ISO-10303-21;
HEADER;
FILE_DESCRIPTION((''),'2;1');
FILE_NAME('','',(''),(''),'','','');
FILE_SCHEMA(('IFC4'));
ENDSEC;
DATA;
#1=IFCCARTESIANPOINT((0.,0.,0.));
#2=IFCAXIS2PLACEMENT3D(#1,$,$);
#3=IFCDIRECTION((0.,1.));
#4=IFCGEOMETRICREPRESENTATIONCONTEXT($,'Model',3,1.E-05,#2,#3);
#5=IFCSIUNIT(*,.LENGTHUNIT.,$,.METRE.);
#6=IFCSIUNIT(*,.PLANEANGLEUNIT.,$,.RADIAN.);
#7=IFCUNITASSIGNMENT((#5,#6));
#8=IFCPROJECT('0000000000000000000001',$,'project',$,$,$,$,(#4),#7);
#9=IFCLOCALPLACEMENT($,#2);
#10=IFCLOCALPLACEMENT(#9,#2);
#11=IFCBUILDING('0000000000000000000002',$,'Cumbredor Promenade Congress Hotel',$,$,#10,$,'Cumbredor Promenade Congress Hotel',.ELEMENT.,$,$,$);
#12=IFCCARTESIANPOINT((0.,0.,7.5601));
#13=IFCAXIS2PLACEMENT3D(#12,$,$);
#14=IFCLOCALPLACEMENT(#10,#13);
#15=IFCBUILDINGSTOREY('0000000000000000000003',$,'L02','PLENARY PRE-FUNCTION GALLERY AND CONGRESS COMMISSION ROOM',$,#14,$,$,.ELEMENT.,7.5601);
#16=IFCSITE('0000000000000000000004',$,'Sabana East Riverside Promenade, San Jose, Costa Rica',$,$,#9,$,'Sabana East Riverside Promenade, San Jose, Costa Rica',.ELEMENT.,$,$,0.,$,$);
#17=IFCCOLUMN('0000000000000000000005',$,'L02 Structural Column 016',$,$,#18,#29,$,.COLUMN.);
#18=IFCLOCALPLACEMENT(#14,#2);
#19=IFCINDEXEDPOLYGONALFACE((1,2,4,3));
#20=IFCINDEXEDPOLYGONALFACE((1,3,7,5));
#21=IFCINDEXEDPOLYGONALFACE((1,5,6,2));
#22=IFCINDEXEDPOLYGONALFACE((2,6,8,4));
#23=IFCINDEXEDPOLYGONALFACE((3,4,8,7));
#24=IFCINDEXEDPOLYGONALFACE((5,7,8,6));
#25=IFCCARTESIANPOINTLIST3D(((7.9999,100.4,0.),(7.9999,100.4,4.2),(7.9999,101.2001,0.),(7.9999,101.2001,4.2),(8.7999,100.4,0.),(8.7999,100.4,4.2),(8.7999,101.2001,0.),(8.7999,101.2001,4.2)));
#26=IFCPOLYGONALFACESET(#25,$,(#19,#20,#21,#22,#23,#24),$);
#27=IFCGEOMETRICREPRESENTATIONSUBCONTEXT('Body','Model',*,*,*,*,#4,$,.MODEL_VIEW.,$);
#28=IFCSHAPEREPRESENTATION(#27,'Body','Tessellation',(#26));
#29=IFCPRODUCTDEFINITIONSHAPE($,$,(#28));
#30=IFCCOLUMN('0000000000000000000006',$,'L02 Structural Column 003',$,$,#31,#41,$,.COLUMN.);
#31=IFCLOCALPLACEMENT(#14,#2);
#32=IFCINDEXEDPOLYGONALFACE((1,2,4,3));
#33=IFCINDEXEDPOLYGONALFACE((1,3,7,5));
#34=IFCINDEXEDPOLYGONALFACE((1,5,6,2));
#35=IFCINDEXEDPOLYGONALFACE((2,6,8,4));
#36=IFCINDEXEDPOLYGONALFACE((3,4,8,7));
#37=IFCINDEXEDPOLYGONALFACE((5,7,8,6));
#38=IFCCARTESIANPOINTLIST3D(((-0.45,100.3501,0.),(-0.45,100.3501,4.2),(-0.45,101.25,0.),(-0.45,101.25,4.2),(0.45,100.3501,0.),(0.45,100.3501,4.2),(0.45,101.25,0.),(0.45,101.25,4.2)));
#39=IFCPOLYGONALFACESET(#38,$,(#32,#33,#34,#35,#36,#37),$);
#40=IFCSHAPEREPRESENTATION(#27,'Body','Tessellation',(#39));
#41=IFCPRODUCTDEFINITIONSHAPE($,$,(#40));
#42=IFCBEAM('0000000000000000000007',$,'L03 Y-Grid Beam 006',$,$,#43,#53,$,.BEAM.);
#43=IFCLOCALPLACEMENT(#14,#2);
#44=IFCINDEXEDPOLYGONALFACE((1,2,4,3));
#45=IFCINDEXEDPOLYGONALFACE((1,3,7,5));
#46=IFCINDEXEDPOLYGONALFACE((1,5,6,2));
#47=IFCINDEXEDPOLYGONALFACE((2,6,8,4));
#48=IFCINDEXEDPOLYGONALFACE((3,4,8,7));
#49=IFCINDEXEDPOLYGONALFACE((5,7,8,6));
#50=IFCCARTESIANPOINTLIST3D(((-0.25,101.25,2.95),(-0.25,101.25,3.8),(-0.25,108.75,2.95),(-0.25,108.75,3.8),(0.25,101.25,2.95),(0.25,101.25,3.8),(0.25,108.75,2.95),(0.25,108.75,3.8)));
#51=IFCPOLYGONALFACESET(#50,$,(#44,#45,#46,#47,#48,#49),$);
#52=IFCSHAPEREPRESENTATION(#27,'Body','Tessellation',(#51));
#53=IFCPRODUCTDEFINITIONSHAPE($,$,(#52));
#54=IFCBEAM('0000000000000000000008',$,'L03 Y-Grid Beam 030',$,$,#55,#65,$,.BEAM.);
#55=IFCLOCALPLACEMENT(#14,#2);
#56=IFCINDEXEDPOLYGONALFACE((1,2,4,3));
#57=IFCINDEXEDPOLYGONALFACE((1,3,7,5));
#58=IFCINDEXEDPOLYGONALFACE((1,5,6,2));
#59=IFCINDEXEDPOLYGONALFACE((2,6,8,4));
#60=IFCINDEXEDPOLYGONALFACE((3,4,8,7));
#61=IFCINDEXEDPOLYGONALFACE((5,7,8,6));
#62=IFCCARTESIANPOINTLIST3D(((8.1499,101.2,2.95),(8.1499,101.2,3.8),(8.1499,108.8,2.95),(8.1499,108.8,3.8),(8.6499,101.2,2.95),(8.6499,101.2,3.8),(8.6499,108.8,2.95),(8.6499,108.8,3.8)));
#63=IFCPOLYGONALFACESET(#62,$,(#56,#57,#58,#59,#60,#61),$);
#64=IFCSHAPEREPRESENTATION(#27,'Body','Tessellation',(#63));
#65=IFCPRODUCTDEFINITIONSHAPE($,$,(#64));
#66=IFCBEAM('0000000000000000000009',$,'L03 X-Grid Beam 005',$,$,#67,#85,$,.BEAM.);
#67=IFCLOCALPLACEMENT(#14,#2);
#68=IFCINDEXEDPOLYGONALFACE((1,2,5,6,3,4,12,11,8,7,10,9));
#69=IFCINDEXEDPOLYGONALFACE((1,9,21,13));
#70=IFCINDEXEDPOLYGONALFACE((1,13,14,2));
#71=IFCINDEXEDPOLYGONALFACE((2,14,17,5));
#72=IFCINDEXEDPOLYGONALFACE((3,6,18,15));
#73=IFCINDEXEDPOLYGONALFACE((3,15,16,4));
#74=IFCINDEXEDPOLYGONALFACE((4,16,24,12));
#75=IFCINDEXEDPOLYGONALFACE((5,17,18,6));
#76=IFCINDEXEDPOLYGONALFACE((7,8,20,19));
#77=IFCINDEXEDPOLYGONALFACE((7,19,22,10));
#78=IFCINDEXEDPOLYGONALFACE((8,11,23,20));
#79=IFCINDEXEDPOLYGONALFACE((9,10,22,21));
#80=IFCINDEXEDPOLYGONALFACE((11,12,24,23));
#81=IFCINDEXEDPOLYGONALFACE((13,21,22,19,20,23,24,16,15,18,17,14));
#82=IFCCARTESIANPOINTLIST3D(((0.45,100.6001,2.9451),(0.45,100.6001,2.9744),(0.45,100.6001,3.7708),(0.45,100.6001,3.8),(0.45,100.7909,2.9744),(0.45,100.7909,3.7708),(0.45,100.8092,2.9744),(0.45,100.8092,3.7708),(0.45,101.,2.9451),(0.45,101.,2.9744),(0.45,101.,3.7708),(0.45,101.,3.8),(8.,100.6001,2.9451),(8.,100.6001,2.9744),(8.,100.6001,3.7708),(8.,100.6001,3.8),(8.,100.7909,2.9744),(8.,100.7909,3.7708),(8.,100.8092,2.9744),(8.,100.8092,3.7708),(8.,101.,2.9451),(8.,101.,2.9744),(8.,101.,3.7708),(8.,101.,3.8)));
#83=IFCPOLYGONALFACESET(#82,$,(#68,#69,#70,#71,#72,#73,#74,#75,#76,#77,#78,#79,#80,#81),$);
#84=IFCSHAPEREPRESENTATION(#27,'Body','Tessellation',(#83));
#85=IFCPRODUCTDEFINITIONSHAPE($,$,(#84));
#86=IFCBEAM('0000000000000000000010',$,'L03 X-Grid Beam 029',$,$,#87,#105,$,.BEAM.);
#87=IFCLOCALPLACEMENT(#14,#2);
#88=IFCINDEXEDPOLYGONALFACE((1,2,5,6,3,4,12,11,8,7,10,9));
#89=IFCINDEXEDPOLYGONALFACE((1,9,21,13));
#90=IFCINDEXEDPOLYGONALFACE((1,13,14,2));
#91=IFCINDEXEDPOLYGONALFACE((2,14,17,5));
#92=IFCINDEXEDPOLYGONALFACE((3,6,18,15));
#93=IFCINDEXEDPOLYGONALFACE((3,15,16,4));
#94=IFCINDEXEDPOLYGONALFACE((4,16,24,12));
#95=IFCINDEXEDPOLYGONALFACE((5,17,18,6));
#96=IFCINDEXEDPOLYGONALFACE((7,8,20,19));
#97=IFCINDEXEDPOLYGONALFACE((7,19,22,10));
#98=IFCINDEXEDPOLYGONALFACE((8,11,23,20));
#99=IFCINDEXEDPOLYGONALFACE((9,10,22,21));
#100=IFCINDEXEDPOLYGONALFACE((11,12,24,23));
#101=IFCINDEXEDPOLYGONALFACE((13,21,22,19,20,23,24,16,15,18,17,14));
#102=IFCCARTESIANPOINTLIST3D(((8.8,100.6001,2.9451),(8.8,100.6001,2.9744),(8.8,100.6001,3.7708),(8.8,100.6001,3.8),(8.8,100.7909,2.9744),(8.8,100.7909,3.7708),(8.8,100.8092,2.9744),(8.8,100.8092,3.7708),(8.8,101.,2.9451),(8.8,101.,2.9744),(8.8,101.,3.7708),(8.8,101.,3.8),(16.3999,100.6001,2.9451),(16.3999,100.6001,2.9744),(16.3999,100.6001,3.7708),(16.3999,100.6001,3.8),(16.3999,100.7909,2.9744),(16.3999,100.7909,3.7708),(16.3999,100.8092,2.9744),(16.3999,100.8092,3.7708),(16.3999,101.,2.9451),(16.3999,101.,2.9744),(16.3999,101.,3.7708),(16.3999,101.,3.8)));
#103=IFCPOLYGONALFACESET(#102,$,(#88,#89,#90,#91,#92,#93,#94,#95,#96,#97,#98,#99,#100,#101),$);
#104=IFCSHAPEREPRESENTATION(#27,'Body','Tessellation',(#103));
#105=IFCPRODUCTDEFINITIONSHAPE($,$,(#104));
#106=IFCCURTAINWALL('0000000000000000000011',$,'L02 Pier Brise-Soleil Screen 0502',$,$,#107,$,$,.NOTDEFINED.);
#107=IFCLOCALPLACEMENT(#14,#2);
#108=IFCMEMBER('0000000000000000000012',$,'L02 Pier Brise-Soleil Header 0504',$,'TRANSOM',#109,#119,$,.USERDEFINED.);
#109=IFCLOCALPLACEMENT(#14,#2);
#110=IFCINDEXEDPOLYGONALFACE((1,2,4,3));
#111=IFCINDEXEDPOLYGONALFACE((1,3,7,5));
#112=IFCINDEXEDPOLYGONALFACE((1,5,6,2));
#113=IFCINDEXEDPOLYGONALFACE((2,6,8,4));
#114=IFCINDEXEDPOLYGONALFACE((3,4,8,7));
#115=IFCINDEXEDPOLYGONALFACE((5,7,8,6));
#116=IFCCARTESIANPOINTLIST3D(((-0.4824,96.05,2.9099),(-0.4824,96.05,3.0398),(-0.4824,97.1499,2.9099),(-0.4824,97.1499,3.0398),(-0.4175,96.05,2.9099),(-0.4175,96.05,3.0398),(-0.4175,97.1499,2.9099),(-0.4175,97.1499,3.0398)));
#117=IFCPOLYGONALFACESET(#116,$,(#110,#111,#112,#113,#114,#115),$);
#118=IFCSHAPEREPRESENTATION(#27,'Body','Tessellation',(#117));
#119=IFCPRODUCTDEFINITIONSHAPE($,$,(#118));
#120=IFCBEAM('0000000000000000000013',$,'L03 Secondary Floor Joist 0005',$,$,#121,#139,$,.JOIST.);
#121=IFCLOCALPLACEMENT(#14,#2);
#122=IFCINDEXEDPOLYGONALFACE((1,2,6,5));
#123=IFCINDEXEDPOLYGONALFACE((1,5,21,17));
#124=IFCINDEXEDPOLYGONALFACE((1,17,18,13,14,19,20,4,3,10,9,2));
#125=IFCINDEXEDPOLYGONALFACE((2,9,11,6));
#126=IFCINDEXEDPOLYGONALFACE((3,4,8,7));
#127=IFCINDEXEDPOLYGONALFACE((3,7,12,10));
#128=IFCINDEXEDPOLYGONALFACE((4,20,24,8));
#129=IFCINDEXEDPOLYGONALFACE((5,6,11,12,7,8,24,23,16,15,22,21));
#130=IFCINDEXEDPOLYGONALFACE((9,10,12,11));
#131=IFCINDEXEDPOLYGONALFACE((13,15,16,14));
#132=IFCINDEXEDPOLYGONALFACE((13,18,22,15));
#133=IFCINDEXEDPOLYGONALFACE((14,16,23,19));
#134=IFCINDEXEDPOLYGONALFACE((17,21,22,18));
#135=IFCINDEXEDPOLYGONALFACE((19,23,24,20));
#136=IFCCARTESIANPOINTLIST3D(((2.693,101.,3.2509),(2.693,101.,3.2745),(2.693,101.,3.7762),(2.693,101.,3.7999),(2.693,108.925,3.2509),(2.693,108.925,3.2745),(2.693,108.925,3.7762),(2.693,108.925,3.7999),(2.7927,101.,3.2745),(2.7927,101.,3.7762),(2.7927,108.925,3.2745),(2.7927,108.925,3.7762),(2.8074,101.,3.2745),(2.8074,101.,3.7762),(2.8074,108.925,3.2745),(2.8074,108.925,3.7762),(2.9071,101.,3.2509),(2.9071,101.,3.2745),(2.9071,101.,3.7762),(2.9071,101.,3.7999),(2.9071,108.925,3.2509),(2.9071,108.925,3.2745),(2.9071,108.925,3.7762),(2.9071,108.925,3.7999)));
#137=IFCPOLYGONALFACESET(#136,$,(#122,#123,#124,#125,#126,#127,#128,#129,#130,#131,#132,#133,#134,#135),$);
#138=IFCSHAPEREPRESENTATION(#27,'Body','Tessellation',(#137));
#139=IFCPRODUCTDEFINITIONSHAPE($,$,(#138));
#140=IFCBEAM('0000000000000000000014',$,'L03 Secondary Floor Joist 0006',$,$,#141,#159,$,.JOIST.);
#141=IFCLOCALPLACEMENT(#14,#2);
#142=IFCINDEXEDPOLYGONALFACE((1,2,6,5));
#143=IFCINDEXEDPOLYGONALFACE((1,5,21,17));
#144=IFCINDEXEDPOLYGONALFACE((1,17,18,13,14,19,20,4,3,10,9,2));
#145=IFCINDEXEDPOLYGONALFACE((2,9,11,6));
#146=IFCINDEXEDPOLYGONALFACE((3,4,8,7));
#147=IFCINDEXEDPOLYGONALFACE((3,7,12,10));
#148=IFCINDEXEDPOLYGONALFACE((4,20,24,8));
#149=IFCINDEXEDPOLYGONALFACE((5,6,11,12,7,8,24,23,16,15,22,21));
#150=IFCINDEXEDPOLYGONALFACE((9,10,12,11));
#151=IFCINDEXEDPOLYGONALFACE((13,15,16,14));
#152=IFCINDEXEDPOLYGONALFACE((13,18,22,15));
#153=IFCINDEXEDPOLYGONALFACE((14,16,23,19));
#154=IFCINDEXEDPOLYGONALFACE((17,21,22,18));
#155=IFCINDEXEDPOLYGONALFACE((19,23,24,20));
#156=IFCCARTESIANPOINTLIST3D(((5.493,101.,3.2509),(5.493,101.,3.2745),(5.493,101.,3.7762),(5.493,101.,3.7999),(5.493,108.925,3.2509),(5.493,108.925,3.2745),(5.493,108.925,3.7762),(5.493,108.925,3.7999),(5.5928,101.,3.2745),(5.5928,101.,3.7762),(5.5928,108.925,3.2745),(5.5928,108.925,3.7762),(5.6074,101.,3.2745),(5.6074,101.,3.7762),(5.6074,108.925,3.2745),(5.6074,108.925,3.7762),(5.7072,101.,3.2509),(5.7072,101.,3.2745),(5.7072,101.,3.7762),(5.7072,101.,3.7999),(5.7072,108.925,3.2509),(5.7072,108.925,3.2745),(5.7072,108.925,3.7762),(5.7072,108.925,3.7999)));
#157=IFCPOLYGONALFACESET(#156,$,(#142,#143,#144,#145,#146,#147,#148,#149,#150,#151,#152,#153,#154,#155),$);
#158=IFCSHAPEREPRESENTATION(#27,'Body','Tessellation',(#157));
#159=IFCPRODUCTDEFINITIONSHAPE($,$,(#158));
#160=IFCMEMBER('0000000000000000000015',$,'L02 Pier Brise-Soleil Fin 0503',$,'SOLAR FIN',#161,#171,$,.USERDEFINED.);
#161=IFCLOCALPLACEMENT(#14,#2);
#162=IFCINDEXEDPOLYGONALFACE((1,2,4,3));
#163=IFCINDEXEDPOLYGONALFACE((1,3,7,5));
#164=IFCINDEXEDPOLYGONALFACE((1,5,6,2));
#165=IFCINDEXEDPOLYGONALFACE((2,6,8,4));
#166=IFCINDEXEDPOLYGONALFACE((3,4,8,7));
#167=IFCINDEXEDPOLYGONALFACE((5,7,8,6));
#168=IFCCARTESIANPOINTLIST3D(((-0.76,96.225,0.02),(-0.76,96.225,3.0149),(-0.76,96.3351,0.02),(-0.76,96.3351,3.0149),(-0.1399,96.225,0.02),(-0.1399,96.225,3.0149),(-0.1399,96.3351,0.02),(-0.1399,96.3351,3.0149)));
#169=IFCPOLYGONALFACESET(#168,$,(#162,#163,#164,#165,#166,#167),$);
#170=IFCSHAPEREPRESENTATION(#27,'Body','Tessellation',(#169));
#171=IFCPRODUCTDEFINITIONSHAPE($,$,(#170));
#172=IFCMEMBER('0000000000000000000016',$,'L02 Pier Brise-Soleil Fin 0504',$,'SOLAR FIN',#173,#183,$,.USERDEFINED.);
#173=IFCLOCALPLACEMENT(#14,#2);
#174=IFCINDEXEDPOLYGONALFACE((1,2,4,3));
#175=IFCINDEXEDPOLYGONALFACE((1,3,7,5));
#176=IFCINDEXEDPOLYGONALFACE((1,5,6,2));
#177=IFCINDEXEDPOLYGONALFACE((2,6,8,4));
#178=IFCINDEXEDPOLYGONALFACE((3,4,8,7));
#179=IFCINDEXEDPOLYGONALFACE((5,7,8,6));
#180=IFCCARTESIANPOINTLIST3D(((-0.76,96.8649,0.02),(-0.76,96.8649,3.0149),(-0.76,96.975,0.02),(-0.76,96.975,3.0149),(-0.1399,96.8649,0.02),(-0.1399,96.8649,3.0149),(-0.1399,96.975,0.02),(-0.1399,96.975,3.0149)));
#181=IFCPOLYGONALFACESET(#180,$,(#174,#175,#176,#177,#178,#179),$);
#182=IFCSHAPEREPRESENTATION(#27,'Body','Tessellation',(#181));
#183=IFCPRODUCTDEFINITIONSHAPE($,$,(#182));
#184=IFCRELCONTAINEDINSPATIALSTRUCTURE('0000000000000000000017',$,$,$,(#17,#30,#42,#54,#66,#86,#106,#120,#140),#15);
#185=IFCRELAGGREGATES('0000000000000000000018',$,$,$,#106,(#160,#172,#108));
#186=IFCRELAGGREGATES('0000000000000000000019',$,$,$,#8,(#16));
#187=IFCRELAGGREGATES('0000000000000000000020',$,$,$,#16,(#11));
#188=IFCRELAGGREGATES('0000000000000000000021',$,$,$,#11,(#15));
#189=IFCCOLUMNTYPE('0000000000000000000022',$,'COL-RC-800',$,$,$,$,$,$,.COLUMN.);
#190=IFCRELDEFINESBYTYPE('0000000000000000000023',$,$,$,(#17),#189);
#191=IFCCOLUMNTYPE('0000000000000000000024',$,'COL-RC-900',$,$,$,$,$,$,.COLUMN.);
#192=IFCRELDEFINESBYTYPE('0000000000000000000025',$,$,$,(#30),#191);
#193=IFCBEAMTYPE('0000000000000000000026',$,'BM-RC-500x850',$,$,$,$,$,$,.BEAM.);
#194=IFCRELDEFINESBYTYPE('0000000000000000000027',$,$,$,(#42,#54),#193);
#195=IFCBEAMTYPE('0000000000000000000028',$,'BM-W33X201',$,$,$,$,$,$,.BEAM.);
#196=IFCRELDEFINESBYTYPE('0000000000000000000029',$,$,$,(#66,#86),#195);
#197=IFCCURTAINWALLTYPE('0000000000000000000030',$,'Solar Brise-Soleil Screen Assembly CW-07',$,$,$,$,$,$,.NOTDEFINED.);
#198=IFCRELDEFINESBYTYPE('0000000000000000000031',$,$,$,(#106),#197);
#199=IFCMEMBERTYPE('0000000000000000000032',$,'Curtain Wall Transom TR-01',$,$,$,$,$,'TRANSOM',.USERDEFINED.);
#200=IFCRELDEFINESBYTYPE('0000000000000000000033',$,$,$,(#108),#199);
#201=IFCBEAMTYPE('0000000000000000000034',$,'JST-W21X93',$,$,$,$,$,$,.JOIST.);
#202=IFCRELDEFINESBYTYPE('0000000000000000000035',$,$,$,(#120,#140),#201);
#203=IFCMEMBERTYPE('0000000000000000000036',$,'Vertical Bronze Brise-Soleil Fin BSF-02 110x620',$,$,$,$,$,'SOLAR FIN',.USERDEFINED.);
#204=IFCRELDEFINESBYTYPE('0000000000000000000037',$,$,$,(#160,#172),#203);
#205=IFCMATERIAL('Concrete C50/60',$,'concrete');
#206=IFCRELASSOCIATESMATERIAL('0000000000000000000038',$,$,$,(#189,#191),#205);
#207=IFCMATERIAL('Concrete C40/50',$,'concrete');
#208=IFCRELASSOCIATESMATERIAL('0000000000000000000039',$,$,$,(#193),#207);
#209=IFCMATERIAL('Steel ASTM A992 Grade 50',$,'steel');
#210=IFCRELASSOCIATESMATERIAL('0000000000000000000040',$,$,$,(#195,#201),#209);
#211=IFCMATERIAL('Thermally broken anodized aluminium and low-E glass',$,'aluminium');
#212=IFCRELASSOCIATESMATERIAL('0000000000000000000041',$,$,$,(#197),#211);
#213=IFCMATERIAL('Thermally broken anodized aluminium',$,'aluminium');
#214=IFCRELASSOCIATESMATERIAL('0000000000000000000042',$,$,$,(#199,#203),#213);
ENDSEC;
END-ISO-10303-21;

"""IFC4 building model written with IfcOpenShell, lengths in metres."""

from ifc_helpers import new_model, si_unit, direction, frame, origin, origin_2d, place, context, subcontext, project, spatial, rectangle, i_section, extrude, material, material_profile, profile_set, type_object, element, aggregate, save


model = new_model("IFC4")

# Units and contexts
model_context = context("Model", 3, precision=1e-05, world=origin(), true_north=direction((0.0, 1.0)))
body_context = subcontext(model_context, "Body", "Model", "MODEL_VIEW")
ifc_project = project(units=[si_unit("LENGTHUNIT", "METRE"), si_unit("PLANEANGLEUNIT", "RADIAN")], contexts=[model_context])

# Site, building, storey
site_placement = place(None, origin())
site = spatial("IfcSite", under=ifc_project, at=site_placement, Name="Sabana East Riverside Promenade, San Jose, Costa Rica", LongName="Sabana East Riverside Promenade, San Jose, Costa Rica", CompositionType="ELEMENT", RefElevation=0.0)
building_placement = place(site_placement, origin())
building = spatial("IfcBuilding", under=site, at=building_placement, Name="Cumbredor Promenade Congress Hotel", LongName="Cumbredor Promenade Congress Hotel", CompositionType="ELEMENT")
storey_placement = place(building_placement, frame((0.0, 0.0, 7.5601)))
storey = spatial("IfcBuildingStorey", under=building, at=storey_placement, Name="L02", Description="PLENARY PRE-FUNCTION GALLERY AND CONGRESS COMMISSION ROOM", CompositionType="ELEMENT", Elevation=7.5601)

# Columns
ifc_material_1 = material(Name="Concrete C50/60", Category="concrete")
ifc_material_profile_1 = material_profile(ifc_material_1, rectangle(XDim=0.8, YDim=0.8, at=origin_2d()), Name="RC 800x800")
ifc_profile_set_1 = profile_set([ifc_material_profile_1], Name="Concrete C50/60")
column_type_1 = type_object("IfcColumnType", Name="COL-RC-800", PredefinedType="COLUMN", material=ifc_profile_set_1)
column_1_placement = place(storey_placement, frame((8.3999, 100.8, 0.0), z_axis=(0.0, 0.0, 1.0), x_axis=(1.0, 0.0, 0.0)))
element("IfcColumn", 1, at=column_1_placement, inside=storey, type_object=column_type_1, Name="L02 Structural Column 016", PredefinedType="COLUMN", context=body_context, shape_type="SweptSolid", body=[
    extrude(rectangle(XDim=0.8, YDim=0.8, at=origin_2d()), origin(), (0.0, 0.0, 1.0), 4.2),
])
ifc_material_profile_2 = material_profile(ifc_material_1, rectangle(XDim=0.8999, YDim=0.8999, at=origin_2d()), Name="RC 900x900")
ifc_profile_set_2 = profile_set([ifc_material_profile_2], Name="Concrete C50/60")
column_type_2 = type_object("IfcColumnType", Name="COL-RC-900", PredefinedType="COLUMN", material=ifc_profile_set_2)
column_2_placement = place(storey_placement, frame((0.0, 100.8, 0.0), z_axis=(0.0, 0.0, 1.0), x_axis=(1.0, 0.0, 0.0)))
element("IfcColumn", 2, at=column_2_placement, inside=storey, type_object=column_type_2, Name="L02 Structural Column 003", PredefinedType="COLUMN", context=body_context, shape_type="SweptSolid", body=[
    extrude(rectangle(XDim=0.8999, YDim=0.8999, at=origin_2d()), origin(), (0.0, 0.0, 1.0), 4.2),
])

# Beams
ifc_material_2 = material(Name="Concrete C40/50", Category="concrete")
ifc_material_profile_3 = material_profile(ifc_material_2, rectangle(XDim=0.5, YDim=0.8501, at=origin_2d()), Name="RC BEAM 500x850")
ifc_profile_set_3 = profile_set([ifc_material_profile_3], Name="Concrete C40/50")
beam_type_1 = type_object("IfcBeamType", Name="BM-RC-500x850", PredefinedType="BEAM", material=ifc_profile_set_3)
beam_1_placement = place(storey_placement, frame((0.0, 101.25, 3.375), z_axis=(0.0, 1.0, 0.0), x_axis=(-1.0, 0.0, 0.0)))
element("IfcBeam", 3, at=beam_1_placement, inside=storey, type_object=beam_type_1, Name="L03 Y-Grid Beam 006", PredefinedType="BEAM", context=body_context, shape_type="SweptSolid", body=[
    extrude(rectangle(XDim=0.5, YDim=0.8501, at=origin_2d()), origin(), (0.0, 0.0, 1.0), 7.5),
])
beam_2_placement = place(storey_placement, frame((8.3999, 101.2, 3.375), z_axis=(0.0, 1.0, 0.0), x_axis=(-1.0, 0.0, 0.0)))
element("IfcBeam", 4, at=beam_2_placement, inside=storey, type_object=beam_type_1, Name="L03 Y-Grid Beam 030", PredefinedType="BEAM", context=body_context, shape_type="SweptSolid", body=[
    extrude(rectangle(XDim=0.5, YDim=0.8501, at=origin_2d()), origin(), (0.0, 0.0, 1.0), 7.6001),
])
ifc_material_3 = material(Name="Steel ASTM A992 Grade 50", Category="steel")
ifc_material_profile_4 = material_profile(ifc_material_3, i_section(OverallWidth=0.3999, OverallDepth=0.855, WebThickness=0.0183, FlangeThickness=0.0293, at=origin_2d()), Name="W33X201")
ifc_profile_set_4 = profile_set([ifc_material_profile_4], Name="Steel ASTM A992 Grade 50")
beam_type_2 = type_object("IfcBeamType", Name="BM-W33X201", PredefinedType="BEAM", material=ifc_profile_set_4)
beam_3_placement = place(storey_placement, frame((0.45, 100.8, 3.3726), z_axis=(1.0, 0.0, 0.0), x_axis=(0.0, 1.0, 0.0)))
element("IfcBeam", 5, at=beam_3_placement, inside=storey, type_object=beam_type_2, Name="L03 X-Grid Beam 005", PredefinedType="BEAM", context=body_context, shape_type="SweptSolid", body=[
    extrude(i_section(OverallWidth=0.3999, OverallDepth=0.855, WebThickness=0.0183, FlangeThickness=0.0293, at=origin_2d()), origin(), (0.0, 0.0, 1.0), 7.55),
])
beam_4_placement = place(storey_placement, frame((8.8, 100.8, 3.3726), z_axis=(1.0, 0.0, 0.0), x_axis=(0.0, 1.0, 0.0)))
element("IfcBeam", 6, at=beam_4_placement, inside=storey, type_object=beam_type_2, Name="L03 X-Grid Beam 029", PredefinedType="BEAM", context=body_context, shape_type="SweptSolid", body=[
    extrude(i_section(OverallWidth=0.3999, OverallDepth=0.855, WebThickness=0.0183, FlangeThickness=0.0293, at=origin_2d()), origin(), (0.0, 0.0, 1.0), 7.5999),
])

# Curtain wall, member
ifc_material_4 = material(Name="Thermally broken anodized aluminium and low-E glass", Category="aluminium")
curtain_wall_type = type_object("IfcCurtainWallType", Name="Solar Brise-Soleil Screen Assembly CW-07", PredefinedType="NOTDEFINED", material=ifc_material_4)
curtain_wall_placement = place(storey_placement, origin())
curtain_wall = element("IfcCurtainWall", 7, at=curtain_wall_placement, inside=storey, type_object=curtain_wall_type, Name="L02 Pier Brise-Soleil Screen 0502", PredefinedType="NOTDEFINED")
ifc_material_5 = material(Name="Thermally broken anodized aluminium", Category="aluminium")
ifc_material_profile_5 = material_profile(ifc_material_5, rectangle(XDim=0.0649, YDim=0.1299, at=origin_2d()), Name="ALU TRANSOM 65x130")
ifc_profile_set_5 = profile_set([ifc_material_profile_5], Name="Thermally broken anodized aluminium")
member_type_1 = type_object("IfcMemberType", Name="Curtain Wall Transom TR-01", ElementType="TRANSOM", PredefinedType="USERDEFINED", material=ifc_profile_set_5)
member_1_placement = place(storey_placement, frame((-0.45, 96.05, 2.9749), z_axis=(0.0, 1.0, 0.0), x_axis=(-1.0, 0.0, 0.0)))
member_1 = element("IfcMember", 8, at=member_1_placement, type_object=member_type_1, Name="L02 Pier Brise-Soleil Header 0504", ObjectType="TRANSOM", PredefinedType="USERDEFINED", context=body_context, shape_type="SweptSolid", body=[
    extrude(rectangle(XDim=0.0649, YDim=0.1299, at=origin_2d()), origin(), (0.0, 0.0, 1.0), 1.0999),
])

# Beams
ifc_material_profile_6 = material_profile(ifc_material_3, i_section(OverallWidth=0.2141, OverallDepth=0.5491, WebThickness=0.0146, FlangeThickness=0.0237, at=origin_2d()), Name="W21X93")
ifc_profile_set_6 = profile_set([ifc_material_profile_6], Name="Steel ASTM A992 Grade 50")
beam_type_3 = type_object("IfcBeamType", Name="JST-W21X93", PredefinedType="JOIST", material=ifc_profile_set_6)
for number, where, z_axis, x_axis, name in (
    (9, (2.8, 101.0, 3.5254), (0.0, 1.0, 0.0), (-1.0, 0.0, 0.0), "L03 Secondary Floor Joist 0005"),
    (10, (5.6001, 101.0, 3.5254), (0.0, 1.0, 0.0), (-1.0, 0.0, 0.0), "L03 Secondary Floor Joist 0006"),
):
    element("IfcBeam", number, at=place(storey_placement, frame(where, z_axis=z_axis, x_axis=x_axis)), inside=storey, type_object=beam_type_3, Name=name, PredefinedType="JOIST", context=body_context, shape_type="SweptSolid", body=[
        extrude(i_section(OverallWidth=0.2141, OverallDepth=0.5491, WebThickness=0.0146, FlangeThickness=0.0237, at=origin_2d()), origin(), (0.0, 0.0, 1.0), 7.925),
    ])

# Members
ifc_material_profile_7 = material_profile(ifc_material_5, rectangle(XDim=0.1101, YDim=0.6201, at=origin_2d()), Name="ARCH FIN 110x620")
ifc_profile_set_7 = profile_set([ifc_material_profile_7], Name="Thermally broken anodized aluminium")
member_type_2 = type_object("IfcMemberType", Name="Vertical Bronze Brise-Soleil Fin BSF-02 110x620", ElementType="SOLAR FIN", PredefinedType="USERDEFINED", material=ifc_profile_set_7)
member_2_placement = place(storey_placement, frame((-0.45, 96.28, 0.02), z_axis=(0.0, 0.0, 1.0), x_axis=(0.0, 1.0, 0.0)))
member_2 = element("IfcMember", 11, at=member_2_placement, type_object=member_type_2, Name="L02 Pier Brise-Soleil Fin 0503", ObjectType="SOLAR FIN", PredefinedType="USERDEFINED", context=body_context, shape_type="SweptSolid", body=[
    extrude(rectangle(XDim=0.1101, YDim=0.6201, at=origin_2d()), origin(), (0.0, 0.0, 1.0), 2.9949),
])
member_3_placement = place(storey_placement, frame((-0.45, 96.9199, 0.02), z_axis=(0.0, 0.0, 1.0), x_axis=(0.0, 1.0, 0.0)))
member_3 = element("IfcMember", 12, at=member_3_placement, type_object=member_type_2, Name="L02 Pier Brise-Soleil Fin 0504", ObjectType="SOLAR FIN", PredefinedType="USERDEFINED", context=body_context, shape_type="SweptSolid", body=[
    extrude(rectangle(XDim=0.1101, YDim=0.6201, at=origin_2d()), origin(), (0.0, 0.0, 1.0), 2.9949),
])
aggregate(curtain_wall, [member_2, member_3, member_1])

save(model, "model.ifc")
